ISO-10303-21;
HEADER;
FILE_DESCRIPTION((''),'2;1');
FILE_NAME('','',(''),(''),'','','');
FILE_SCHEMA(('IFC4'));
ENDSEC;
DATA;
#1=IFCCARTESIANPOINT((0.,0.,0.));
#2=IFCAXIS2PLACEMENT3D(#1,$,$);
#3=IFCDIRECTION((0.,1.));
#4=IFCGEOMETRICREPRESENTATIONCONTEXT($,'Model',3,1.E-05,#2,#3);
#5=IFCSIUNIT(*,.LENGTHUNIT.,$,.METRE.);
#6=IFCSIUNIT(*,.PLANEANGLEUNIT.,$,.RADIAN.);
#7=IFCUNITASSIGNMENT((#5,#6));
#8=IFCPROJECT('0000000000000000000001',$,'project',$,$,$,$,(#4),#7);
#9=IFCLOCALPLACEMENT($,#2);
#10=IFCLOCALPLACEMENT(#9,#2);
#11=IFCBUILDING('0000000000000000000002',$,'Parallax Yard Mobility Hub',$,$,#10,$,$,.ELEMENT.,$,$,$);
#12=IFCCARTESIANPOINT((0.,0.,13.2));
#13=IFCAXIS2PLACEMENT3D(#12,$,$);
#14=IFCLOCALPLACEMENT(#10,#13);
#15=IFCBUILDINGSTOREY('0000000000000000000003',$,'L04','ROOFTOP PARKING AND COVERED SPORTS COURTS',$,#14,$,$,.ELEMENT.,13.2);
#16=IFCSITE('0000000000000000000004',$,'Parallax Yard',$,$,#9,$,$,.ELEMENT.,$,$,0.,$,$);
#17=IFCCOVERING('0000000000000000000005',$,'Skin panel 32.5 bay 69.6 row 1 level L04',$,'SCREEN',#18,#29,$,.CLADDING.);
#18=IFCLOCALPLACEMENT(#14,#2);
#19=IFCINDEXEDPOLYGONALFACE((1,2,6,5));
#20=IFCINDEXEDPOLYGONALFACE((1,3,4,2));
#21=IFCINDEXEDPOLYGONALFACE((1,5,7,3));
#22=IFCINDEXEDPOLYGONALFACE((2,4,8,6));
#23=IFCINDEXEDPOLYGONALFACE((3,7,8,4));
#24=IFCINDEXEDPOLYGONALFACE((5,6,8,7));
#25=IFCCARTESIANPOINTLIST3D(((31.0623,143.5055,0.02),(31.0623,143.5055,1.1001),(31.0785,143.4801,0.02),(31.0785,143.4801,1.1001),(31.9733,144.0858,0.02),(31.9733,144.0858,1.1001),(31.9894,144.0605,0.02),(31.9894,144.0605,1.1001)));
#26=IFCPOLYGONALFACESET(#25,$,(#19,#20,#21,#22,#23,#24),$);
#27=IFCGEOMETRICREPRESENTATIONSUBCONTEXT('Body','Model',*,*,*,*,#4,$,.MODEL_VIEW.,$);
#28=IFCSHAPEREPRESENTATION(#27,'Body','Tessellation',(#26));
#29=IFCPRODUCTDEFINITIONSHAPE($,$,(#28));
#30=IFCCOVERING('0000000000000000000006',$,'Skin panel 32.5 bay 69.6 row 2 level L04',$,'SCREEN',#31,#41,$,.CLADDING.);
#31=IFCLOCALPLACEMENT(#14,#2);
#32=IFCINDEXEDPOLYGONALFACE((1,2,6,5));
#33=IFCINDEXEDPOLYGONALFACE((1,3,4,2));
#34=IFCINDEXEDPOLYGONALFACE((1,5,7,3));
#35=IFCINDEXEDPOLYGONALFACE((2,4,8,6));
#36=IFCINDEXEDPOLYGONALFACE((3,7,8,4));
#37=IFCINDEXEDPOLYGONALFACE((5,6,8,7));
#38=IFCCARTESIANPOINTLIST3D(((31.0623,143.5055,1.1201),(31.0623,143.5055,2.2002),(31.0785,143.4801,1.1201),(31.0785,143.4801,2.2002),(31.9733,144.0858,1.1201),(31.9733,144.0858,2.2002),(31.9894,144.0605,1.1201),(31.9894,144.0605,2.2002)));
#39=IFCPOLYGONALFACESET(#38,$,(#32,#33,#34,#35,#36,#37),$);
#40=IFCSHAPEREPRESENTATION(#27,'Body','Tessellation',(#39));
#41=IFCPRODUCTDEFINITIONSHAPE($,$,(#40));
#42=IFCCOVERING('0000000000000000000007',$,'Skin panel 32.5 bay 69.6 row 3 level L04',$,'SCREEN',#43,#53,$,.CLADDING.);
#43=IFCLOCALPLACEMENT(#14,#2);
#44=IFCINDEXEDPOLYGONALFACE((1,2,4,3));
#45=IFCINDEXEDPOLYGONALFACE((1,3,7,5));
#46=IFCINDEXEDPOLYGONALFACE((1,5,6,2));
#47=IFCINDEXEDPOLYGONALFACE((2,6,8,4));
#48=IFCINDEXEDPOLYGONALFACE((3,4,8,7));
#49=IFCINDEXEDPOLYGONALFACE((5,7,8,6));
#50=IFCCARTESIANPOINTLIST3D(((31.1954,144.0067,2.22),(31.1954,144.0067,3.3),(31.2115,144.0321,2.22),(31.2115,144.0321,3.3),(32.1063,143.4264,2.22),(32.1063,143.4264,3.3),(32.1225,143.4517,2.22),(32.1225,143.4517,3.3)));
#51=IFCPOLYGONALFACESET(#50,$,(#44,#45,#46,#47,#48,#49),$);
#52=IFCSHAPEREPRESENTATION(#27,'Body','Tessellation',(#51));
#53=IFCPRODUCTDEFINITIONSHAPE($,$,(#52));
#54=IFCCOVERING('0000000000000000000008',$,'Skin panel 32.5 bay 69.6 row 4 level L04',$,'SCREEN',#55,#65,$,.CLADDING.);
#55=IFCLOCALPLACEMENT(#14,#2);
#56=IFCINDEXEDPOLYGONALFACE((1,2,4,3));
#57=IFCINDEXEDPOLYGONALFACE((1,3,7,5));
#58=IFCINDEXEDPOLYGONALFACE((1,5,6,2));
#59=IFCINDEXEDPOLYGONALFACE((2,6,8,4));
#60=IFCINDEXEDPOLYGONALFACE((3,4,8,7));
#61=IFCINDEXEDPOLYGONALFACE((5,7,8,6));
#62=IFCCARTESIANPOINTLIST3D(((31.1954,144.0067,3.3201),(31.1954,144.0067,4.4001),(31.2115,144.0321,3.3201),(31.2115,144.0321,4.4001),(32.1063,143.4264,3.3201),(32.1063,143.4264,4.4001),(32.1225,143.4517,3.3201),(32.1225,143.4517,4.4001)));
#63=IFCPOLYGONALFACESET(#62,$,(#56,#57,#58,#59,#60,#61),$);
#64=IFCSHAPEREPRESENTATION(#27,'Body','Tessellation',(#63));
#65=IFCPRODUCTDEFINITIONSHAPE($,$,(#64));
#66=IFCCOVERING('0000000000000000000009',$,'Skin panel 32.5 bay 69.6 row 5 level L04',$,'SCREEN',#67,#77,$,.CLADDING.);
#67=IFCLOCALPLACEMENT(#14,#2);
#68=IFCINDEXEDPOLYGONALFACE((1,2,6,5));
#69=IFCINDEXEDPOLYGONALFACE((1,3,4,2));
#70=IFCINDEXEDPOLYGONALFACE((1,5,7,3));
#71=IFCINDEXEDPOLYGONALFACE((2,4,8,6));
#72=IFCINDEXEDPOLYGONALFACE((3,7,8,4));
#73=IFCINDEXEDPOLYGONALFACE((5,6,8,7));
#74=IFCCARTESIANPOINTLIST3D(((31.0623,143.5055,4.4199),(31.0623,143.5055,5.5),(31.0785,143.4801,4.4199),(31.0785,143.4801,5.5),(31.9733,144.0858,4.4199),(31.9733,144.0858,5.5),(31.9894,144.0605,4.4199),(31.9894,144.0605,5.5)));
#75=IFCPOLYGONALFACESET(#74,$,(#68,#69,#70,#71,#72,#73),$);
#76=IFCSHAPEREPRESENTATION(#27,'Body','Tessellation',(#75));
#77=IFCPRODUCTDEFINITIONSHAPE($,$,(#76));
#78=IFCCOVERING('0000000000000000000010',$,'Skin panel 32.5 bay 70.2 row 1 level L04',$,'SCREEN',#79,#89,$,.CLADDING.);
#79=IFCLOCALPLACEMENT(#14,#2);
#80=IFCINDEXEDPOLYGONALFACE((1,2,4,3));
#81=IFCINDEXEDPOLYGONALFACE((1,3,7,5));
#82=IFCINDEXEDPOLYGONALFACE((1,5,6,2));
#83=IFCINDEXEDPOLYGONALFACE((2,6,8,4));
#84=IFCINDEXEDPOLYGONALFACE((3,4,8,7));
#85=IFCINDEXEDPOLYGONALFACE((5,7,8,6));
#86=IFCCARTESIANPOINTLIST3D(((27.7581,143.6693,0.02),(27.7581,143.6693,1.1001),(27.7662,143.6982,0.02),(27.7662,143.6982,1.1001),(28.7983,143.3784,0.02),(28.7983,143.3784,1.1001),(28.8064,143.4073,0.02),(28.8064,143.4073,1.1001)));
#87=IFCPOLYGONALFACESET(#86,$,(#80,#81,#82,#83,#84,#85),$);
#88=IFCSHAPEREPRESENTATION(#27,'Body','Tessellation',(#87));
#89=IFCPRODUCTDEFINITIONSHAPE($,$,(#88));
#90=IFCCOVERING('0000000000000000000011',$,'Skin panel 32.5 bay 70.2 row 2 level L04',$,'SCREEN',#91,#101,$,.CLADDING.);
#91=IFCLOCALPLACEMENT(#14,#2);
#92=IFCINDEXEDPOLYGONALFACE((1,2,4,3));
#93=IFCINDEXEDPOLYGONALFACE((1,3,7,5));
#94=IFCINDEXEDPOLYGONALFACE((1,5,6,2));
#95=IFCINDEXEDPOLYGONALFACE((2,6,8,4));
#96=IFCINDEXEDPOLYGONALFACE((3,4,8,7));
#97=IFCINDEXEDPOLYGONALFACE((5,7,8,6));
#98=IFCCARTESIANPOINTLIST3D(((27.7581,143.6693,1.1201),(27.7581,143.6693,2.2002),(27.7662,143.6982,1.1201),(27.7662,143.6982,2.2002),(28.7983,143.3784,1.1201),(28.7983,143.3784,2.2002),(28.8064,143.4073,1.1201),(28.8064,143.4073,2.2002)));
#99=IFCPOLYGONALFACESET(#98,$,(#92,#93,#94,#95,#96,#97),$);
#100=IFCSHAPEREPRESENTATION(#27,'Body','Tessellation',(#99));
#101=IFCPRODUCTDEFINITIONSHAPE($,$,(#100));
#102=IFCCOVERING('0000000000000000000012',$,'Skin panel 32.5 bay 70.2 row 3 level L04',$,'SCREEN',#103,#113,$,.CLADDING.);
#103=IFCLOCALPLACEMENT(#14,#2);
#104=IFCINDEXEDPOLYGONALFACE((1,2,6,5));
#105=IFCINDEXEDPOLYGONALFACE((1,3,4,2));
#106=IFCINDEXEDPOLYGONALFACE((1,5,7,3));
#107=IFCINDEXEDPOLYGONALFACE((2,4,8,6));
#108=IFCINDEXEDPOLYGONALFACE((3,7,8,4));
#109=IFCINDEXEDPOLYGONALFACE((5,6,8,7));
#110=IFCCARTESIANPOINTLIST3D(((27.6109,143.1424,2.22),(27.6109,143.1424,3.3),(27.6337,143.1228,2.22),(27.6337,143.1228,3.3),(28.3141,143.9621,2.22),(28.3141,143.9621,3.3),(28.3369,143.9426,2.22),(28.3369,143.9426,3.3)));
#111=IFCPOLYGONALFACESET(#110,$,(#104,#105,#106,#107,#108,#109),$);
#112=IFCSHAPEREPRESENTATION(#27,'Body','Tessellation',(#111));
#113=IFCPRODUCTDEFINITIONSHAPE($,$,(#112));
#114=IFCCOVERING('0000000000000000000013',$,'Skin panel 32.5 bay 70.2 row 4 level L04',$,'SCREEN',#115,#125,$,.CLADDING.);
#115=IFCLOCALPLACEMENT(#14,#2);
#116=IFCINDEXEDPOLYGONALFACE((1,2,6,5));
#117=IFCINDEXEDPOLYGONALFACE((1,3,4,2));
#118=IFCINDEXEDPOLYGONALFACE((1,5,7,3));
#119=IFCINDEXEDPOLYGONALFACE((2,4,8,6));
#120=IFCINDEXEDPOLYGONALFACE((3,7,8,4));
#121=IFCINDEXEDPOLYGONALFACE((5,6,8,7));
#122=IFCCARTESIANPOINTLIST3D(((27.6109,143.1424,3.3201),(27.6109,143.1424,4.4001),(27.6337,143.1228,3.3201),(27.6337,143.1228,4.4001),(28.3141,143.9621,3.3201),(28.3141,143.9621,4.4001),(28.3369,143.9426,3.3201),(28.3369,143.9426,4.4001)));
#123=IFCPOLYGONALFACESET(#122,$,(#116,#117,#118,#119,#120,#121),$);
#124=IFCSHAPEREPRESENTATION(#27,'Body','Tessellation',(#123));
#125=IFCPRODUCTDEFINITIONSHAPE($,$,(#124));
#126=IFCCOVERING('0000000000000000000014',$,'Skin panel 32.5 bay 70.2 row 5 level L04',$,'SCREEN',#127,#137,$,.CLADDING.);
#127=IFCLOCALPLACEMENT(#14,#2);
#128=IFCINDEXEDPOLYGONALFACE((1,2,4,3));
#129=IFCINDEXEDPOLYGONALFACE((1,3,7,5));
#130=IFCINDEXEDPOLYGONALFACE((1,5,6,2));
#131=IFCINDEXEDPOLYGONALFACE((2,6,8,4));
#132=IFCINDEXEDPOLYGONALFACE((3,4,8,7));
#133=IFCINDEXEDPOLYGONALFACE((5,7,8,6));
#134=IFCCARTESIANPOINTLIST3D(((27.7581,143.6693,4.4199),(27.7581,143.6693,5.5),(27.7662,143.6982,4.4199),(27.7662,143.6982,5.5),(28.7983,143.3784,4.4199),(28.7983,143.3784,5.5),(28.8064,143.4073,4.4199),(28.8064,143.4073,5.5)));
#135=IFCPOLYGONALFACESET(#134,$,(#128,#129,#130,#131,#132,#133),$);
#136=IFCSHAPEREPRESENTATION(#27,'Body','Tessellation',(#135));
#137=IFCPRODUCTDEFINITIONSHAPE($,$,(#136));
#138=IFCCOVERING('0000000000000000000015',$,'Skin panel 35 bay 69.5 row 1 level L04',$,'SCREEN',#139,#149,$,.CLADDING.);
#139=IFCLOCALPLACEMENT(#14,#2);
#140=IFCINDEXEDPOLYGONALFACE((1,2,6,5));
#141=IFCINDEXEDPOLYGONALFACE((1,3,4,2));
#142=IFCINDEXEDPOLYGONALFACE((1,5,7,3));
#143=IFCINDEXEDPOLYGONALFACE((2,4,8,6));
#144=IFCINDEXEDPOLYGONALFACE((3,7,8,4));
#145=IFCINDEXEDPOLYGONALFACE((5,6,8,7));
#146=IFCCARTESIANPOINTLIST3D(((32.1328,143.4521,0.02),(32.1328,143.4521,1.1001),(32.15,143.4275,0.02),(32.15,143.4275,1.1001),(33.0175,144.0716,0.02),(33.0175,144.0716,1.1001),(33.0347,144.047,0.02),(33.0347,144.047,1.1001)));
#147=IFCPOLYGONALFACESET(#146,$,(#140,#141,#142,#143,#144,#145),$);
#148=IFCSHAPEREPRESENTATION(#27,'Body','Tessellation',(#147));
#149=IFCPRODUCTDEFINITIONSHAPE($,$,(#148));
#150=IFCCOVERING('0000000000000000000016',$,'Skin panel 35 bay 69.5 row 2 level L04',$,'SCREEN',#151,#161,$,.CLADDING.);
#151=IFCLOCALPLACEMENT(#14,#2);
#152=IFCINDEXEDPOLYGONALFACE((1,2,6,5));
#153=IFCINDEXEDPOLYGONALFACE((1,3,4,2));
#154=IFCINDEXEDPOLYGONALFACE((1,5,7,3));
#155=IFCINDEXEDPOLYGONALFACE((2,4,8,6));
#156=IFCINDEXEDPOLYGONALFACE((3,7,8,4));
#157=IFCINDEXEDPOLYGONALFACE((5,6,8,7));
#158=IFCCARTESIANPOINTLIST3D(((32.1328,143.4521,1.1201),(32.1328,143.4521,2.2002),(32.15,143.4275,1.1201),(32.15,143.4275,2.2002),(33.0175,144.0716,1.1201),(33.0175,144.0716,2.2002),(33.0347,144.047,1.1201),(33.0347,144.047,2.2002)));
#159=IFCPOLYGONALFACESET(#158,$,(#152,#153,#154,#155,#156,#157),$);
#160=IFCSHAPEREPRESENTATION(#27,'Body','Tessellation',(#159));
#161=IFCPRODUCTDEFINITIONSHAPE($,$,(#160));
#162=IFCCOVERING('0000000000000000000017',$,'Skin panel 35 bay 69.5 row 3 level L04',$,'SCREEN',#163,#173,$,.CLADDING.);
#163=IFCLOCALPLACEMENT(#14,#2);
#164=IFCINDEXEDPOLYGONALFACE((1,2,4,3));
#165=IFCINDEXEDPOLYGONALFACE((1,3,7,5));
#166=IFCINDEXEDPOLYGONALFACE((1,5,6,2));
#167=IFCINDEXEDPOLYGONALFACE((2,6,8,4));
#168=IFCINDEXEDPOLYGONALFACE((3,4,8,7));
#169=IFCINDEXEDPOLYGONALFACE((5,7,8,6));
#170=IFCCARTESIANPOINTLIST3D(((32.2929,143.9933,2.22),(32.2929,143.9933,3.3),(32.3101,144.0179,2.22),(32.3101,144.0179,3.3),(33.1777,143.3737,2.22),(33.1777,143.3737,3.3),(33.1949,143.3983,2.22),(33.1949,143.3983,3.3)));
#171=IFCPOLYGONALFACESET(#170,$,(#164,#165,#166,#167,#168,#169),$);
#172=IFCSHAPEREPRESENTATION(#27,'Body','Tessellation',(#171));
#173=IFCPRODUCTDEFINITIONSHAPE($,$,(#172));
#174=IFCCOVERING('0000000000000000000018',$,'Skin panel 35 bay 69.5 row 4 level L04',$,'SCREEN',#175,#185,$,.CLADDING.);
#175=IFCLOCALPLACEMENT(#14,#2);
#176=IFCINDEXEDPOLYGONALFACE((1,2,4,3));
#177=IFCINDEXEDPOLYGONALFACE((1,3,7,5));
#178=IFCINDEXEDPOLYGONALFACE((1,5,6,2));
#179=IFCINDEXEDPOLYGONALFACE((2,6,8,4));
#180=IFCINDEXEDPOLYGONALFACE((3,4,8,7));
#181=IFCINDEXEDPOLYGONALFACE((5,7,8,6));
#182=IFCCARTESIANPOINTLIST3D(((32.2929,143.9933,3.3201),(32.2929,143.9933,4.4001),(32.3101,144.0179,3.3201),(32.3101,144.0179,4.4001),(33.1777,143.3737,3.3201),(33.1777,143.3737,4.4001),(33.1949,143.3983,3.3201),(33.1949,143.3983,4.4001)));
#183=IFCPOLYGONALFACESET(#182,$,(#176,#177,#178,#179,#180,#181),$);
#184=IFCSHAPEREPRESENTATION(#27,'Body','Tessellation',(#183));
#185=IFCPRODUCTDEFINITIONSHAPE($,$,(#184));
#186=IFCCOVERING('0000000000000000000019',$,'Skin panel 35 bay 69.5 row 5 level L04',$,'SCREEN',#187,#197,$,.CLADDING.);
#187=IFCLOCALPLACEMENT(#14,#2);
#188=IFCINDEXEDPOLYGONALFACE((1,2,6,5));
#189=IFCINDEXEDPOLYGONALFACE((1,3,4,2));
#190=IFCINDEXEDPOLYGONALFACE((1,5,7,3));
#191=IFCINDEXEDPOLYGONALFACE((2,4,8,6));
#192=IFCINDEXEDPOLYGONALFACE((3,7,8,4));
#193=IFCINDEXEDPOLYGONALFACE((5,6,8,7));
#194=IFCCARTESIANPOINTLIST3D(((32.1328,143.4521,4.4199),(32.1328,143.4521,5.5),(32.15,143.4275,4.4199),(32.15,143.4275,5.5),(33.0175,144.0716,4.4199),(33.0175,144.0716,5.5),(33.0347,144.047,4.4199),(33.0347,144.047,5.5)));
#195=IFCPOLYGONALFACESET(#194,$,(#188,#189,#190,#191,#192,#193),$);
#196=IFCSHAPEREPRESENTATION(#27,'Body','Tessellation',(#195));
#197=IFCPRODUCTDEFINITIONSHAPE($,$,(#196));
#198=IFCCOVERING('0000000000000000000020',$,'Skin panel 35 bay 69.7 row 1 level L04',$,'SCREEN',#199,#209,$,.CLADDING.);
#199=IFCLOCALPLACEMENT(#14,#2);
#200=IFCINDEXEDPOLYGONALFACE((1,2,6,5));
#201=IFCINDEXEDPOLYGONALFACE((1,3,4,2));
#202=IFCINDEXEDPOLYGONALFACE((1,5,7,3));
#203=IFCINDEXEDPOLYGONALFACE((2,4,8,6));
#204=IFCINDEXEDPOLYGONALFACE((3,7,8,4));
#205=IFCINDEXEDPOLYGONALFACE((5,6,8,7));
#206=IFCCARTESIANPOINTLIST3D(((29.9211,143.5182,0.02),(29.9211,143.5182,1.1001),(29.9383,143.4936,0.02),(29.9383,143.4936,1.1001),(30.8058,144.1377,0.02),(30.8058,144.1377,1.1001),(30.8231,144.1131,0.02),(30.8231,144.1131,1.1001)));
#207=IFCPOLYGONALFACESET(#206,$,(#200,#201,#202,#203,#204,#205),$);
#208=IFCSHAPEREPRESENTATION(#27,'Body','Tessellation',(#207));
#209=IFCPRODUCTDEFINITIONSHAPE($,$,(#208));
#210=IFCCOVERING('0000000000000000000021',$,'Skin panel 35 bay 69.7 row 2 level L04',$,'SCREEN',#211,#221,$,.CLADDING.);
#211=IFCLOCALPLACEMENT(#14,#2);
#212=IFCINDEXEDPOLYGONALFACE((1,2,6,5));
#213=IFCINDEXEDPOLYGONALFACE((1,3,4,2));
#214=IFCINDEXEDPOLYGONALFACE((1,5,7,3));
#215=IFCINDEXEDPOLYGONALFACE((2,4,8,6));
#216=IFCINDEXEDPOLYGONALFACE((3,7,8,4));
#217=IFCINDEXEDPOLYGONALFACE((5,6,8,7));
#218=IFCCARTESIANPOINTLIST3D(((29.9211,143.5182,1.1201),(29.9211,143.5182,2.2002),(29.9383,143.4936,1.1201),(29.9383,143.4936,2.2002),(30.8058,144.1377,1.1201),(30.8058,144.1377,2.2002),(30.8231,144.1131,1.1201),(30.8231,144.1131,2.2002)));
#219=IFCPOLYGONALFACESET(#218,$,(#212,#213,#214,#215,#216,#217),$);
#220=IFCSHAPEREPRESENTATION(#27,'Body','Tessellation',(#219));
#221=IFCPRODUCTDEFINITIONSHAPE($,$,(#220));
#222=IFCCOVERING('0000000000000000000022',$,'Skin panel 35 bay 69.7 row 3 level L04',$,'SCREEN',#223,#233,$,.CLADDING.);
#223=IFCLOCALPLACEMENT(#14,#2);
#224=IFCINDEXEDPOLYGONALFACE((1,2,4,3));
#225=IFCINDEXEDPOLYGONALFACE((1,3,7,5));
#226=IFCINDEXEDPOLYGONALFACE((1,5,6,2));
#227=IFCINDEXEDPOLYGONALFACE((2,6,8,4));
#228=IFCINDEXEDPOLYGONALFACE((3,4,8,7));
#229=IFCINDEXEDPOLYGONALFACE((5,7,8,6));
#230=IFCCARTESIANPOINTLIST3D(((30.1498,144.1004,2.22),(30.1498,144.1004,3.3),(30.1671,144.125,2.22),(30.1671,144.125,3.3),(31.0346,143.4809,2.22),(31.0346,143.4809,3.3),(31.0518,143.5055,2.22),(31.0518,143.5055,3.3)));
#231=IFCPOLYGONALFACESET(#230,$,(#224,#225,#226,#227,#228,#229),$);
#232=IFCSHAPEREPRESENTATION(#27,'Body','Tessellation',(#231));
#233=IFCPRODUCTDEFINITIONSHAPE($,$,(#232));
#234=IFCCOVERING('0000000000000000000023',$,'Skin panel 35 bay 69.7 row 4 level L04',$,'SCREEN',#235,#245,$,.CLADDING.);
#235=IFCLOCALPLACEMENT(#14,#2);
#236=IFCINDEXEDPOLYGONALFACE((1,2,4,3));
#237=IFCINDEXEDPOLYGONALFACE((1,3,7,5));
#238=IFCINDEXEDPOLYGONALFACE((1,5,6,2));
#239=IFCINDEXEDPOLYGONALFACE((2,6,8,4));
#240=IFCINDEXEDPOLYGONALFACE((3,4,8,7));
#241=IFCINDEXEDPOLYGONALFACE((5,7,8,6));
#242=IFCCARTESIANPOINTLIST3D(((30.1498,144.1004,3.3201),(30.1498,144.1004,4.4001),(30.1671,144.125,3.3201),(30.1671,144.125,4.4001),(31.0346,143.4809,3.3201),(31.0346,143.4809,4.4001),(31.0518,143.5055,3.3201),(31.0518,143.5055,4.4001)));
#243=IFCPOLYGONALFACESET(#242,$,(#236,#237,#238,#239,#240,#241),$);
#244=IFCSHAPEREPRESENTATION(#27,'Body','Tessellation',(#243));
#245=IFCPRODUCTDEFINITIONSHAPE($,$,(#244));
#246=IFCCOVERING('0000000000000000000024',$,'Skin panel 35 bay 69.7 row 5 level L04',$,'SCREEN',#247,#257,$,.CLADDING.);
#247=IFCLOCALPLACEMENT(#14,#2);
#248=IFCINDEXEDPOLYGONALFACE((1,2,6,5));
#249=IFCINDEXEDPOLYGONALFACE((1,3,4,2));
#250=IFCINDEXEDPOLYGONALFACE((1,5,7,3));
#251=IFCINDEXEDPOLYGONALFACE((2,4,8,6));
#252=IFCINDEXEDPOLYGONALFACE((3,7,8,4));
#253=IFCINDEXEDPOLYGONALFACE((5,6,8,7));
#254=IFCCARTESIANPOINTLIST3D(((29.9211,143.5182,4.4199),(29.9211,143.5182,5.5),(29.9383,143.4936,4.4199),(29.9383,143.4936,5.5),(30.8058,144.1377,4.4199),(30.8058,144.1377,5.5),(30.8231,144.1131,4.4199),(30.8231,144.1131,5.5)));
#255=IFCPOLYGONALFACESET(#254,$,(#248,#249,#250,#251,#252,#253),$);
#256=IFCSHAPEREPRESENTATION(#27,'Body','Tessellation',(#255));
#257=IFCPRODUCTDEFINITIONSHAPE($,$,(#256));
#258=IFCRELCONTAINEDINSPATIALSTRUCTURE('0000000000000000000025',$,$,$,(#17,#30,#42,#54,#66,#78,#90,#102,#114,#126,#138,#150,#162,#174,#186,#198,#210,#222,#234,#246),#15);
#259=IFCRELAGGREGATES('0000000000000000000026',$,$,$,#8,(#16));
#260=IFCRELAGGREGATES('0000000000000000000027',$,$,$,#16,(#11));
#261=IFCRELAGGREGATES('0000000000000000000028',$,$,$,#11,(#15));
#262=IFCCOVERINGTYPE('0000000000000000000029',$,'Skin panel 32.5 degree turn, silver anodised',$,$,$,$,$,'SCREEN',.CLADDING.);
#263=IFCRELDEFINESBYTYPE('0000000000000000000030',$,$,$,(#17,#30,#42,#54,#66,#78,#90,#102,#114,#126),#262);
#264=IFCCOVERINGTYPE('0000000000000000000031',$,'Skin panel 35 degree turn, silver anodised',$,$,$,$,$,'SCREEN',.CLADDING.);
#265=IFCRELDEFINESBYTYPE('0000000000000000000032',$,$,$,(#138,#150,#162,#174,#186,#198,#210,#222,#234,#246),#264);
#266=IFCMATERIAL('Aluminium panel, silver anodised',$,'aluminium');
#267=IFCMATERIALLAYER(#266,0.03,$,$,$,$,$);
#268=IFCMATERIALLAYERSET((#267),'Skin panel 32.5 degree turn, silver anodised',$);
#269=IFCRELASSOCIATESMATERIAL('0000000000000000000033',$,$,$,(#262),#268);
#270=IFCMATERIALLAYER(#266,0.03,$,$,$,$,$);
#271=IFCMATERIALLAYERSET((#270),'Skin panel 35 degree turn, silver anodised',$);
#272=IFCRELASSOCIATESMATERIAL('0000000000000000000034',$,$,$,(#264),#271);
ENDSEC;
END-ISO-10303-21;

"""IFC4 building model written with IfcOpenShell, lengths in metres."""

from ifc_helpers import new_model, si_unit, direction, frame, origin, origin_2d, place, context, subcontext, project, spatial, rectangle, extrude, material, layer, layer_set, type_object, element, save


model = new_model("IFC4")

# Units and contexts
model_context = context("Model", 3, precision=1e-05, world=origin(), true_north=direction((0.0, 1.0)))
body_context = subcontext(model_context, "Body", "Model", "MODEL_VIEW")
ifc_project = project(units=[si_unit("LENGTHUNIT", "METRE"), si_unit("PLANEANGLEUNIT", "RADIAN")], contexts=[model_context])

# Site, building, storey
site_placement = place(None, origin())
site = spatial("IfcSite", under=ifc_project, at=site_placement, Name="Parallax Yard", CompositionType="ELEMENT", RefElevation=0.0)
building_placement = place(site_placement, origin())
building = spatial("IfcBuilding", under=site, at=building_placement, Name="Parallax Yard Mobility Hub", CompositionType="ELEMENT")
storey_placement = place(building_placement, frame((0.0, 0.0, 13.2)))
storey = spatial("IfcBuildingStorey", under=building, at=storey_placement, Name="L04", Description="ROOFTOP PARKING AND COVERED SPORTS COURTS", CompositionType="ELEMENT", Elevation=13.2)

# Coverings
ifc_material_1 = material(Name="Aluminium panel, silver anodised", Category="aluminium")
ifc_layer_1 = layer(ifc_material_1, 0.03)
ifc_layer_set_1 = layer_set([ifc_layer_1], Name="Skin panel 32.5 degree turn, silver anodised")
covering_type_1 = type_object("IfcCoveringType", Name="Skin panel 32.5 degree turn, silver anodised", ElementType="SCREEN", PredefinedType="CLADDING", material=ifc_layer_set_1)
for number, where, z_axis, x_axis, name in (
    (1, (31.5259, 143.783, 0.02), (0.0, 0.0, 1.0), (0.843391, 0.5373, 0.0), "Skin panel 32.5 bay 69.6 row 1 level L04"),
    (2, (31.5259, 143.783, 1.1201), (0.0, 0.0, 1.0), (0.843391, 0.5373, 0.0), "Skin panel 32.5 bay 69.6 row 2 level L04"),
    (3, (31.6589, 143.7292, 2.22), (0.0, 0.0, 1.0), (-0.843391, 0.5373, 0.0), "Skin panel 32.5 bay 69.6 row 3 level L04"),
    (4, (31.6589, 143.7292, 3.3201), (0.0, 0.0, 1.0), (-0.843391, 0.5373, 0.0), "Skin panel 32.5 bay 69.6 row 4 level L04"),
    (5, (31.5259, 143.783, 4.4199), (0.0, 0.0, 1.0), (0.843391, 0.5373, 0.0), "Skin panel 32.5 bay 69.6 row 5 level L04"),
    (6, (28.2822, 143.5383, 0.02), (0.0, 0.0, 1.0), (-0.963045, 0.26934, 0.0), "Skin panel 32.5 bay 70.2 row 1 level L04"),
    (7, (28.2822, 143.5383, 1.1201), (0.0, 0.0, 1.0), (-0.963045, 0.26934, 0.0), "Skin panel 32.5 bay 70.2 row 2 level L04"),
    (8, (27.9739, 143.5425, 2.22), (0.0, 0.0, 1.0), (0.651105, 0.758987, 0.0), "Skin panel 32.5 bay 70.2 row 3 level L04"),
    (9, (27.9739, 143.5425, 3.3201), (0.0, 0.0, 1.0), (0.651105, 0.758987, 0.0), "Skin panel 32.5 bay 70.2 row 4 level L04"),
    (10, (28.2822, 143.5383, 4.4199), (0.0, 0.0, 1.0), (-0.963045, 0.26934, 0.0), "Skin panel 32.5 bay 70.2 row 5 level L04"),
):
    element("IfcCovering", number, at=place(storey_placement, frame(where, z_axis=z_axis, x_axis=x_axis)), inside=storey, type_object=covering_type_1, Name=name, ObjectType="SCREEN", PredefinedType="CLADDING", context=body_context, shape_type="SweptSolid", body=[
        extrude(rectangle(XDim=1.0801, YDim=0.03, at=origin_2d()), origin(), (0.0, 0.0, 1.0), 1.0801),
    ])
ifc_layer_2 = layer(ifc_material_1, 0.03)
ifc_layer_set_2 = layer_set([ifc_layer_2], Name="Skin panel 35 degree turn, silver anodised")
covering_type_2 = type_object("IfcCoveringType", Name="Skin panel 35 degree turn, silver anodised", ElementType="SCREEN", PredefinedType="CLADDING", material=ifc_layer_set_2)
for number, where, z_axis, x_axis, name in (
    (11, (32.5837, 143.7495, 0.02), (0.0, 0.0, 1.0), (0.819152, 0.573576, 0.0), "Skin panel 35 bay 69.5 row 1 level L04"),
    (12, (32.5837, 143.7495, 1.1201), (0.0, 0.0, 1.0), (0.819152, 0.573576, 0.0), "Skin panel 35 bay 69.5 row 2 level L04"),
    (13, (32.7439, 143.6958, 2.22), (0.0, 0.0, 1.0), (-0.819152, 0.573576, 0.0), "Skin panel 35 bay 69.5 row 3 level L04"),
    (14, (32.7439, 143.6958, 3.3201), (0.0, 0.0, 1.0), (-0.819152, 0.573576, 0.0), "Skin panel 35 bay 69.5 row 4 level L04"),
    (15, (32.5837, 143.7495, 4.4199), (0.0, 0.0, 1.0), (0.819152, 0.573576, 0.0), "Skin panel 35 bay 69.5 row 5 level L04"),
    (16, (30.3721, 143.8157, 0.02), (0.0, 0.0, 1.0), (0.819152, 0.573576, 0.0), "Skin panel 35 bay 69.7 row 1 level L04"),
    (17, (30.3721, 143.8157, 1.1201), (0.0, 0.0, 1.0), (0.819152, 0.573576, 0.0), "Skin panel 35 bay 69.7 row 2 level L04"),
    (18, (30.6008, 143.803, 2.22), (0.0, 0.0, 1.0), (-0.819152, 0.573576, 0.0), "Skin panel 35 bay 69.7 row 3 level L04"),
    (19, (30.6008, 143.803, 3.3201), (0.0, 0.0, 1.0), (-0.819152, 0.573576, 0.0), "Skin panel 35 bay 69.7 row 4 level L04"),
    (20, (30.3721, 143.8157, 4.4199), (0.0, 0.0, 1.0), (0.819152, 0.573576, 0.0), "Skin panel 35 bay 69.7 row 5 level L04"),
):
    element("IfcCovering", number, at=place(storey_placement, frame(where, z_axis=z_axis, x_axis=x_axis)), inside=storey, type_object=covering_type_2, Name=name, ObjectType="SCREEN", PredefinedType="CLADDING", context=body_context, shape_type="SweptSolid", body=[
        extrude(rectangle(XDim=1.0801, YDim=0.03, at=origin_2d()), origin(), (0.0, 0.0, 1.0), 1.0801),
    ])

save(model, "model.ifc")
